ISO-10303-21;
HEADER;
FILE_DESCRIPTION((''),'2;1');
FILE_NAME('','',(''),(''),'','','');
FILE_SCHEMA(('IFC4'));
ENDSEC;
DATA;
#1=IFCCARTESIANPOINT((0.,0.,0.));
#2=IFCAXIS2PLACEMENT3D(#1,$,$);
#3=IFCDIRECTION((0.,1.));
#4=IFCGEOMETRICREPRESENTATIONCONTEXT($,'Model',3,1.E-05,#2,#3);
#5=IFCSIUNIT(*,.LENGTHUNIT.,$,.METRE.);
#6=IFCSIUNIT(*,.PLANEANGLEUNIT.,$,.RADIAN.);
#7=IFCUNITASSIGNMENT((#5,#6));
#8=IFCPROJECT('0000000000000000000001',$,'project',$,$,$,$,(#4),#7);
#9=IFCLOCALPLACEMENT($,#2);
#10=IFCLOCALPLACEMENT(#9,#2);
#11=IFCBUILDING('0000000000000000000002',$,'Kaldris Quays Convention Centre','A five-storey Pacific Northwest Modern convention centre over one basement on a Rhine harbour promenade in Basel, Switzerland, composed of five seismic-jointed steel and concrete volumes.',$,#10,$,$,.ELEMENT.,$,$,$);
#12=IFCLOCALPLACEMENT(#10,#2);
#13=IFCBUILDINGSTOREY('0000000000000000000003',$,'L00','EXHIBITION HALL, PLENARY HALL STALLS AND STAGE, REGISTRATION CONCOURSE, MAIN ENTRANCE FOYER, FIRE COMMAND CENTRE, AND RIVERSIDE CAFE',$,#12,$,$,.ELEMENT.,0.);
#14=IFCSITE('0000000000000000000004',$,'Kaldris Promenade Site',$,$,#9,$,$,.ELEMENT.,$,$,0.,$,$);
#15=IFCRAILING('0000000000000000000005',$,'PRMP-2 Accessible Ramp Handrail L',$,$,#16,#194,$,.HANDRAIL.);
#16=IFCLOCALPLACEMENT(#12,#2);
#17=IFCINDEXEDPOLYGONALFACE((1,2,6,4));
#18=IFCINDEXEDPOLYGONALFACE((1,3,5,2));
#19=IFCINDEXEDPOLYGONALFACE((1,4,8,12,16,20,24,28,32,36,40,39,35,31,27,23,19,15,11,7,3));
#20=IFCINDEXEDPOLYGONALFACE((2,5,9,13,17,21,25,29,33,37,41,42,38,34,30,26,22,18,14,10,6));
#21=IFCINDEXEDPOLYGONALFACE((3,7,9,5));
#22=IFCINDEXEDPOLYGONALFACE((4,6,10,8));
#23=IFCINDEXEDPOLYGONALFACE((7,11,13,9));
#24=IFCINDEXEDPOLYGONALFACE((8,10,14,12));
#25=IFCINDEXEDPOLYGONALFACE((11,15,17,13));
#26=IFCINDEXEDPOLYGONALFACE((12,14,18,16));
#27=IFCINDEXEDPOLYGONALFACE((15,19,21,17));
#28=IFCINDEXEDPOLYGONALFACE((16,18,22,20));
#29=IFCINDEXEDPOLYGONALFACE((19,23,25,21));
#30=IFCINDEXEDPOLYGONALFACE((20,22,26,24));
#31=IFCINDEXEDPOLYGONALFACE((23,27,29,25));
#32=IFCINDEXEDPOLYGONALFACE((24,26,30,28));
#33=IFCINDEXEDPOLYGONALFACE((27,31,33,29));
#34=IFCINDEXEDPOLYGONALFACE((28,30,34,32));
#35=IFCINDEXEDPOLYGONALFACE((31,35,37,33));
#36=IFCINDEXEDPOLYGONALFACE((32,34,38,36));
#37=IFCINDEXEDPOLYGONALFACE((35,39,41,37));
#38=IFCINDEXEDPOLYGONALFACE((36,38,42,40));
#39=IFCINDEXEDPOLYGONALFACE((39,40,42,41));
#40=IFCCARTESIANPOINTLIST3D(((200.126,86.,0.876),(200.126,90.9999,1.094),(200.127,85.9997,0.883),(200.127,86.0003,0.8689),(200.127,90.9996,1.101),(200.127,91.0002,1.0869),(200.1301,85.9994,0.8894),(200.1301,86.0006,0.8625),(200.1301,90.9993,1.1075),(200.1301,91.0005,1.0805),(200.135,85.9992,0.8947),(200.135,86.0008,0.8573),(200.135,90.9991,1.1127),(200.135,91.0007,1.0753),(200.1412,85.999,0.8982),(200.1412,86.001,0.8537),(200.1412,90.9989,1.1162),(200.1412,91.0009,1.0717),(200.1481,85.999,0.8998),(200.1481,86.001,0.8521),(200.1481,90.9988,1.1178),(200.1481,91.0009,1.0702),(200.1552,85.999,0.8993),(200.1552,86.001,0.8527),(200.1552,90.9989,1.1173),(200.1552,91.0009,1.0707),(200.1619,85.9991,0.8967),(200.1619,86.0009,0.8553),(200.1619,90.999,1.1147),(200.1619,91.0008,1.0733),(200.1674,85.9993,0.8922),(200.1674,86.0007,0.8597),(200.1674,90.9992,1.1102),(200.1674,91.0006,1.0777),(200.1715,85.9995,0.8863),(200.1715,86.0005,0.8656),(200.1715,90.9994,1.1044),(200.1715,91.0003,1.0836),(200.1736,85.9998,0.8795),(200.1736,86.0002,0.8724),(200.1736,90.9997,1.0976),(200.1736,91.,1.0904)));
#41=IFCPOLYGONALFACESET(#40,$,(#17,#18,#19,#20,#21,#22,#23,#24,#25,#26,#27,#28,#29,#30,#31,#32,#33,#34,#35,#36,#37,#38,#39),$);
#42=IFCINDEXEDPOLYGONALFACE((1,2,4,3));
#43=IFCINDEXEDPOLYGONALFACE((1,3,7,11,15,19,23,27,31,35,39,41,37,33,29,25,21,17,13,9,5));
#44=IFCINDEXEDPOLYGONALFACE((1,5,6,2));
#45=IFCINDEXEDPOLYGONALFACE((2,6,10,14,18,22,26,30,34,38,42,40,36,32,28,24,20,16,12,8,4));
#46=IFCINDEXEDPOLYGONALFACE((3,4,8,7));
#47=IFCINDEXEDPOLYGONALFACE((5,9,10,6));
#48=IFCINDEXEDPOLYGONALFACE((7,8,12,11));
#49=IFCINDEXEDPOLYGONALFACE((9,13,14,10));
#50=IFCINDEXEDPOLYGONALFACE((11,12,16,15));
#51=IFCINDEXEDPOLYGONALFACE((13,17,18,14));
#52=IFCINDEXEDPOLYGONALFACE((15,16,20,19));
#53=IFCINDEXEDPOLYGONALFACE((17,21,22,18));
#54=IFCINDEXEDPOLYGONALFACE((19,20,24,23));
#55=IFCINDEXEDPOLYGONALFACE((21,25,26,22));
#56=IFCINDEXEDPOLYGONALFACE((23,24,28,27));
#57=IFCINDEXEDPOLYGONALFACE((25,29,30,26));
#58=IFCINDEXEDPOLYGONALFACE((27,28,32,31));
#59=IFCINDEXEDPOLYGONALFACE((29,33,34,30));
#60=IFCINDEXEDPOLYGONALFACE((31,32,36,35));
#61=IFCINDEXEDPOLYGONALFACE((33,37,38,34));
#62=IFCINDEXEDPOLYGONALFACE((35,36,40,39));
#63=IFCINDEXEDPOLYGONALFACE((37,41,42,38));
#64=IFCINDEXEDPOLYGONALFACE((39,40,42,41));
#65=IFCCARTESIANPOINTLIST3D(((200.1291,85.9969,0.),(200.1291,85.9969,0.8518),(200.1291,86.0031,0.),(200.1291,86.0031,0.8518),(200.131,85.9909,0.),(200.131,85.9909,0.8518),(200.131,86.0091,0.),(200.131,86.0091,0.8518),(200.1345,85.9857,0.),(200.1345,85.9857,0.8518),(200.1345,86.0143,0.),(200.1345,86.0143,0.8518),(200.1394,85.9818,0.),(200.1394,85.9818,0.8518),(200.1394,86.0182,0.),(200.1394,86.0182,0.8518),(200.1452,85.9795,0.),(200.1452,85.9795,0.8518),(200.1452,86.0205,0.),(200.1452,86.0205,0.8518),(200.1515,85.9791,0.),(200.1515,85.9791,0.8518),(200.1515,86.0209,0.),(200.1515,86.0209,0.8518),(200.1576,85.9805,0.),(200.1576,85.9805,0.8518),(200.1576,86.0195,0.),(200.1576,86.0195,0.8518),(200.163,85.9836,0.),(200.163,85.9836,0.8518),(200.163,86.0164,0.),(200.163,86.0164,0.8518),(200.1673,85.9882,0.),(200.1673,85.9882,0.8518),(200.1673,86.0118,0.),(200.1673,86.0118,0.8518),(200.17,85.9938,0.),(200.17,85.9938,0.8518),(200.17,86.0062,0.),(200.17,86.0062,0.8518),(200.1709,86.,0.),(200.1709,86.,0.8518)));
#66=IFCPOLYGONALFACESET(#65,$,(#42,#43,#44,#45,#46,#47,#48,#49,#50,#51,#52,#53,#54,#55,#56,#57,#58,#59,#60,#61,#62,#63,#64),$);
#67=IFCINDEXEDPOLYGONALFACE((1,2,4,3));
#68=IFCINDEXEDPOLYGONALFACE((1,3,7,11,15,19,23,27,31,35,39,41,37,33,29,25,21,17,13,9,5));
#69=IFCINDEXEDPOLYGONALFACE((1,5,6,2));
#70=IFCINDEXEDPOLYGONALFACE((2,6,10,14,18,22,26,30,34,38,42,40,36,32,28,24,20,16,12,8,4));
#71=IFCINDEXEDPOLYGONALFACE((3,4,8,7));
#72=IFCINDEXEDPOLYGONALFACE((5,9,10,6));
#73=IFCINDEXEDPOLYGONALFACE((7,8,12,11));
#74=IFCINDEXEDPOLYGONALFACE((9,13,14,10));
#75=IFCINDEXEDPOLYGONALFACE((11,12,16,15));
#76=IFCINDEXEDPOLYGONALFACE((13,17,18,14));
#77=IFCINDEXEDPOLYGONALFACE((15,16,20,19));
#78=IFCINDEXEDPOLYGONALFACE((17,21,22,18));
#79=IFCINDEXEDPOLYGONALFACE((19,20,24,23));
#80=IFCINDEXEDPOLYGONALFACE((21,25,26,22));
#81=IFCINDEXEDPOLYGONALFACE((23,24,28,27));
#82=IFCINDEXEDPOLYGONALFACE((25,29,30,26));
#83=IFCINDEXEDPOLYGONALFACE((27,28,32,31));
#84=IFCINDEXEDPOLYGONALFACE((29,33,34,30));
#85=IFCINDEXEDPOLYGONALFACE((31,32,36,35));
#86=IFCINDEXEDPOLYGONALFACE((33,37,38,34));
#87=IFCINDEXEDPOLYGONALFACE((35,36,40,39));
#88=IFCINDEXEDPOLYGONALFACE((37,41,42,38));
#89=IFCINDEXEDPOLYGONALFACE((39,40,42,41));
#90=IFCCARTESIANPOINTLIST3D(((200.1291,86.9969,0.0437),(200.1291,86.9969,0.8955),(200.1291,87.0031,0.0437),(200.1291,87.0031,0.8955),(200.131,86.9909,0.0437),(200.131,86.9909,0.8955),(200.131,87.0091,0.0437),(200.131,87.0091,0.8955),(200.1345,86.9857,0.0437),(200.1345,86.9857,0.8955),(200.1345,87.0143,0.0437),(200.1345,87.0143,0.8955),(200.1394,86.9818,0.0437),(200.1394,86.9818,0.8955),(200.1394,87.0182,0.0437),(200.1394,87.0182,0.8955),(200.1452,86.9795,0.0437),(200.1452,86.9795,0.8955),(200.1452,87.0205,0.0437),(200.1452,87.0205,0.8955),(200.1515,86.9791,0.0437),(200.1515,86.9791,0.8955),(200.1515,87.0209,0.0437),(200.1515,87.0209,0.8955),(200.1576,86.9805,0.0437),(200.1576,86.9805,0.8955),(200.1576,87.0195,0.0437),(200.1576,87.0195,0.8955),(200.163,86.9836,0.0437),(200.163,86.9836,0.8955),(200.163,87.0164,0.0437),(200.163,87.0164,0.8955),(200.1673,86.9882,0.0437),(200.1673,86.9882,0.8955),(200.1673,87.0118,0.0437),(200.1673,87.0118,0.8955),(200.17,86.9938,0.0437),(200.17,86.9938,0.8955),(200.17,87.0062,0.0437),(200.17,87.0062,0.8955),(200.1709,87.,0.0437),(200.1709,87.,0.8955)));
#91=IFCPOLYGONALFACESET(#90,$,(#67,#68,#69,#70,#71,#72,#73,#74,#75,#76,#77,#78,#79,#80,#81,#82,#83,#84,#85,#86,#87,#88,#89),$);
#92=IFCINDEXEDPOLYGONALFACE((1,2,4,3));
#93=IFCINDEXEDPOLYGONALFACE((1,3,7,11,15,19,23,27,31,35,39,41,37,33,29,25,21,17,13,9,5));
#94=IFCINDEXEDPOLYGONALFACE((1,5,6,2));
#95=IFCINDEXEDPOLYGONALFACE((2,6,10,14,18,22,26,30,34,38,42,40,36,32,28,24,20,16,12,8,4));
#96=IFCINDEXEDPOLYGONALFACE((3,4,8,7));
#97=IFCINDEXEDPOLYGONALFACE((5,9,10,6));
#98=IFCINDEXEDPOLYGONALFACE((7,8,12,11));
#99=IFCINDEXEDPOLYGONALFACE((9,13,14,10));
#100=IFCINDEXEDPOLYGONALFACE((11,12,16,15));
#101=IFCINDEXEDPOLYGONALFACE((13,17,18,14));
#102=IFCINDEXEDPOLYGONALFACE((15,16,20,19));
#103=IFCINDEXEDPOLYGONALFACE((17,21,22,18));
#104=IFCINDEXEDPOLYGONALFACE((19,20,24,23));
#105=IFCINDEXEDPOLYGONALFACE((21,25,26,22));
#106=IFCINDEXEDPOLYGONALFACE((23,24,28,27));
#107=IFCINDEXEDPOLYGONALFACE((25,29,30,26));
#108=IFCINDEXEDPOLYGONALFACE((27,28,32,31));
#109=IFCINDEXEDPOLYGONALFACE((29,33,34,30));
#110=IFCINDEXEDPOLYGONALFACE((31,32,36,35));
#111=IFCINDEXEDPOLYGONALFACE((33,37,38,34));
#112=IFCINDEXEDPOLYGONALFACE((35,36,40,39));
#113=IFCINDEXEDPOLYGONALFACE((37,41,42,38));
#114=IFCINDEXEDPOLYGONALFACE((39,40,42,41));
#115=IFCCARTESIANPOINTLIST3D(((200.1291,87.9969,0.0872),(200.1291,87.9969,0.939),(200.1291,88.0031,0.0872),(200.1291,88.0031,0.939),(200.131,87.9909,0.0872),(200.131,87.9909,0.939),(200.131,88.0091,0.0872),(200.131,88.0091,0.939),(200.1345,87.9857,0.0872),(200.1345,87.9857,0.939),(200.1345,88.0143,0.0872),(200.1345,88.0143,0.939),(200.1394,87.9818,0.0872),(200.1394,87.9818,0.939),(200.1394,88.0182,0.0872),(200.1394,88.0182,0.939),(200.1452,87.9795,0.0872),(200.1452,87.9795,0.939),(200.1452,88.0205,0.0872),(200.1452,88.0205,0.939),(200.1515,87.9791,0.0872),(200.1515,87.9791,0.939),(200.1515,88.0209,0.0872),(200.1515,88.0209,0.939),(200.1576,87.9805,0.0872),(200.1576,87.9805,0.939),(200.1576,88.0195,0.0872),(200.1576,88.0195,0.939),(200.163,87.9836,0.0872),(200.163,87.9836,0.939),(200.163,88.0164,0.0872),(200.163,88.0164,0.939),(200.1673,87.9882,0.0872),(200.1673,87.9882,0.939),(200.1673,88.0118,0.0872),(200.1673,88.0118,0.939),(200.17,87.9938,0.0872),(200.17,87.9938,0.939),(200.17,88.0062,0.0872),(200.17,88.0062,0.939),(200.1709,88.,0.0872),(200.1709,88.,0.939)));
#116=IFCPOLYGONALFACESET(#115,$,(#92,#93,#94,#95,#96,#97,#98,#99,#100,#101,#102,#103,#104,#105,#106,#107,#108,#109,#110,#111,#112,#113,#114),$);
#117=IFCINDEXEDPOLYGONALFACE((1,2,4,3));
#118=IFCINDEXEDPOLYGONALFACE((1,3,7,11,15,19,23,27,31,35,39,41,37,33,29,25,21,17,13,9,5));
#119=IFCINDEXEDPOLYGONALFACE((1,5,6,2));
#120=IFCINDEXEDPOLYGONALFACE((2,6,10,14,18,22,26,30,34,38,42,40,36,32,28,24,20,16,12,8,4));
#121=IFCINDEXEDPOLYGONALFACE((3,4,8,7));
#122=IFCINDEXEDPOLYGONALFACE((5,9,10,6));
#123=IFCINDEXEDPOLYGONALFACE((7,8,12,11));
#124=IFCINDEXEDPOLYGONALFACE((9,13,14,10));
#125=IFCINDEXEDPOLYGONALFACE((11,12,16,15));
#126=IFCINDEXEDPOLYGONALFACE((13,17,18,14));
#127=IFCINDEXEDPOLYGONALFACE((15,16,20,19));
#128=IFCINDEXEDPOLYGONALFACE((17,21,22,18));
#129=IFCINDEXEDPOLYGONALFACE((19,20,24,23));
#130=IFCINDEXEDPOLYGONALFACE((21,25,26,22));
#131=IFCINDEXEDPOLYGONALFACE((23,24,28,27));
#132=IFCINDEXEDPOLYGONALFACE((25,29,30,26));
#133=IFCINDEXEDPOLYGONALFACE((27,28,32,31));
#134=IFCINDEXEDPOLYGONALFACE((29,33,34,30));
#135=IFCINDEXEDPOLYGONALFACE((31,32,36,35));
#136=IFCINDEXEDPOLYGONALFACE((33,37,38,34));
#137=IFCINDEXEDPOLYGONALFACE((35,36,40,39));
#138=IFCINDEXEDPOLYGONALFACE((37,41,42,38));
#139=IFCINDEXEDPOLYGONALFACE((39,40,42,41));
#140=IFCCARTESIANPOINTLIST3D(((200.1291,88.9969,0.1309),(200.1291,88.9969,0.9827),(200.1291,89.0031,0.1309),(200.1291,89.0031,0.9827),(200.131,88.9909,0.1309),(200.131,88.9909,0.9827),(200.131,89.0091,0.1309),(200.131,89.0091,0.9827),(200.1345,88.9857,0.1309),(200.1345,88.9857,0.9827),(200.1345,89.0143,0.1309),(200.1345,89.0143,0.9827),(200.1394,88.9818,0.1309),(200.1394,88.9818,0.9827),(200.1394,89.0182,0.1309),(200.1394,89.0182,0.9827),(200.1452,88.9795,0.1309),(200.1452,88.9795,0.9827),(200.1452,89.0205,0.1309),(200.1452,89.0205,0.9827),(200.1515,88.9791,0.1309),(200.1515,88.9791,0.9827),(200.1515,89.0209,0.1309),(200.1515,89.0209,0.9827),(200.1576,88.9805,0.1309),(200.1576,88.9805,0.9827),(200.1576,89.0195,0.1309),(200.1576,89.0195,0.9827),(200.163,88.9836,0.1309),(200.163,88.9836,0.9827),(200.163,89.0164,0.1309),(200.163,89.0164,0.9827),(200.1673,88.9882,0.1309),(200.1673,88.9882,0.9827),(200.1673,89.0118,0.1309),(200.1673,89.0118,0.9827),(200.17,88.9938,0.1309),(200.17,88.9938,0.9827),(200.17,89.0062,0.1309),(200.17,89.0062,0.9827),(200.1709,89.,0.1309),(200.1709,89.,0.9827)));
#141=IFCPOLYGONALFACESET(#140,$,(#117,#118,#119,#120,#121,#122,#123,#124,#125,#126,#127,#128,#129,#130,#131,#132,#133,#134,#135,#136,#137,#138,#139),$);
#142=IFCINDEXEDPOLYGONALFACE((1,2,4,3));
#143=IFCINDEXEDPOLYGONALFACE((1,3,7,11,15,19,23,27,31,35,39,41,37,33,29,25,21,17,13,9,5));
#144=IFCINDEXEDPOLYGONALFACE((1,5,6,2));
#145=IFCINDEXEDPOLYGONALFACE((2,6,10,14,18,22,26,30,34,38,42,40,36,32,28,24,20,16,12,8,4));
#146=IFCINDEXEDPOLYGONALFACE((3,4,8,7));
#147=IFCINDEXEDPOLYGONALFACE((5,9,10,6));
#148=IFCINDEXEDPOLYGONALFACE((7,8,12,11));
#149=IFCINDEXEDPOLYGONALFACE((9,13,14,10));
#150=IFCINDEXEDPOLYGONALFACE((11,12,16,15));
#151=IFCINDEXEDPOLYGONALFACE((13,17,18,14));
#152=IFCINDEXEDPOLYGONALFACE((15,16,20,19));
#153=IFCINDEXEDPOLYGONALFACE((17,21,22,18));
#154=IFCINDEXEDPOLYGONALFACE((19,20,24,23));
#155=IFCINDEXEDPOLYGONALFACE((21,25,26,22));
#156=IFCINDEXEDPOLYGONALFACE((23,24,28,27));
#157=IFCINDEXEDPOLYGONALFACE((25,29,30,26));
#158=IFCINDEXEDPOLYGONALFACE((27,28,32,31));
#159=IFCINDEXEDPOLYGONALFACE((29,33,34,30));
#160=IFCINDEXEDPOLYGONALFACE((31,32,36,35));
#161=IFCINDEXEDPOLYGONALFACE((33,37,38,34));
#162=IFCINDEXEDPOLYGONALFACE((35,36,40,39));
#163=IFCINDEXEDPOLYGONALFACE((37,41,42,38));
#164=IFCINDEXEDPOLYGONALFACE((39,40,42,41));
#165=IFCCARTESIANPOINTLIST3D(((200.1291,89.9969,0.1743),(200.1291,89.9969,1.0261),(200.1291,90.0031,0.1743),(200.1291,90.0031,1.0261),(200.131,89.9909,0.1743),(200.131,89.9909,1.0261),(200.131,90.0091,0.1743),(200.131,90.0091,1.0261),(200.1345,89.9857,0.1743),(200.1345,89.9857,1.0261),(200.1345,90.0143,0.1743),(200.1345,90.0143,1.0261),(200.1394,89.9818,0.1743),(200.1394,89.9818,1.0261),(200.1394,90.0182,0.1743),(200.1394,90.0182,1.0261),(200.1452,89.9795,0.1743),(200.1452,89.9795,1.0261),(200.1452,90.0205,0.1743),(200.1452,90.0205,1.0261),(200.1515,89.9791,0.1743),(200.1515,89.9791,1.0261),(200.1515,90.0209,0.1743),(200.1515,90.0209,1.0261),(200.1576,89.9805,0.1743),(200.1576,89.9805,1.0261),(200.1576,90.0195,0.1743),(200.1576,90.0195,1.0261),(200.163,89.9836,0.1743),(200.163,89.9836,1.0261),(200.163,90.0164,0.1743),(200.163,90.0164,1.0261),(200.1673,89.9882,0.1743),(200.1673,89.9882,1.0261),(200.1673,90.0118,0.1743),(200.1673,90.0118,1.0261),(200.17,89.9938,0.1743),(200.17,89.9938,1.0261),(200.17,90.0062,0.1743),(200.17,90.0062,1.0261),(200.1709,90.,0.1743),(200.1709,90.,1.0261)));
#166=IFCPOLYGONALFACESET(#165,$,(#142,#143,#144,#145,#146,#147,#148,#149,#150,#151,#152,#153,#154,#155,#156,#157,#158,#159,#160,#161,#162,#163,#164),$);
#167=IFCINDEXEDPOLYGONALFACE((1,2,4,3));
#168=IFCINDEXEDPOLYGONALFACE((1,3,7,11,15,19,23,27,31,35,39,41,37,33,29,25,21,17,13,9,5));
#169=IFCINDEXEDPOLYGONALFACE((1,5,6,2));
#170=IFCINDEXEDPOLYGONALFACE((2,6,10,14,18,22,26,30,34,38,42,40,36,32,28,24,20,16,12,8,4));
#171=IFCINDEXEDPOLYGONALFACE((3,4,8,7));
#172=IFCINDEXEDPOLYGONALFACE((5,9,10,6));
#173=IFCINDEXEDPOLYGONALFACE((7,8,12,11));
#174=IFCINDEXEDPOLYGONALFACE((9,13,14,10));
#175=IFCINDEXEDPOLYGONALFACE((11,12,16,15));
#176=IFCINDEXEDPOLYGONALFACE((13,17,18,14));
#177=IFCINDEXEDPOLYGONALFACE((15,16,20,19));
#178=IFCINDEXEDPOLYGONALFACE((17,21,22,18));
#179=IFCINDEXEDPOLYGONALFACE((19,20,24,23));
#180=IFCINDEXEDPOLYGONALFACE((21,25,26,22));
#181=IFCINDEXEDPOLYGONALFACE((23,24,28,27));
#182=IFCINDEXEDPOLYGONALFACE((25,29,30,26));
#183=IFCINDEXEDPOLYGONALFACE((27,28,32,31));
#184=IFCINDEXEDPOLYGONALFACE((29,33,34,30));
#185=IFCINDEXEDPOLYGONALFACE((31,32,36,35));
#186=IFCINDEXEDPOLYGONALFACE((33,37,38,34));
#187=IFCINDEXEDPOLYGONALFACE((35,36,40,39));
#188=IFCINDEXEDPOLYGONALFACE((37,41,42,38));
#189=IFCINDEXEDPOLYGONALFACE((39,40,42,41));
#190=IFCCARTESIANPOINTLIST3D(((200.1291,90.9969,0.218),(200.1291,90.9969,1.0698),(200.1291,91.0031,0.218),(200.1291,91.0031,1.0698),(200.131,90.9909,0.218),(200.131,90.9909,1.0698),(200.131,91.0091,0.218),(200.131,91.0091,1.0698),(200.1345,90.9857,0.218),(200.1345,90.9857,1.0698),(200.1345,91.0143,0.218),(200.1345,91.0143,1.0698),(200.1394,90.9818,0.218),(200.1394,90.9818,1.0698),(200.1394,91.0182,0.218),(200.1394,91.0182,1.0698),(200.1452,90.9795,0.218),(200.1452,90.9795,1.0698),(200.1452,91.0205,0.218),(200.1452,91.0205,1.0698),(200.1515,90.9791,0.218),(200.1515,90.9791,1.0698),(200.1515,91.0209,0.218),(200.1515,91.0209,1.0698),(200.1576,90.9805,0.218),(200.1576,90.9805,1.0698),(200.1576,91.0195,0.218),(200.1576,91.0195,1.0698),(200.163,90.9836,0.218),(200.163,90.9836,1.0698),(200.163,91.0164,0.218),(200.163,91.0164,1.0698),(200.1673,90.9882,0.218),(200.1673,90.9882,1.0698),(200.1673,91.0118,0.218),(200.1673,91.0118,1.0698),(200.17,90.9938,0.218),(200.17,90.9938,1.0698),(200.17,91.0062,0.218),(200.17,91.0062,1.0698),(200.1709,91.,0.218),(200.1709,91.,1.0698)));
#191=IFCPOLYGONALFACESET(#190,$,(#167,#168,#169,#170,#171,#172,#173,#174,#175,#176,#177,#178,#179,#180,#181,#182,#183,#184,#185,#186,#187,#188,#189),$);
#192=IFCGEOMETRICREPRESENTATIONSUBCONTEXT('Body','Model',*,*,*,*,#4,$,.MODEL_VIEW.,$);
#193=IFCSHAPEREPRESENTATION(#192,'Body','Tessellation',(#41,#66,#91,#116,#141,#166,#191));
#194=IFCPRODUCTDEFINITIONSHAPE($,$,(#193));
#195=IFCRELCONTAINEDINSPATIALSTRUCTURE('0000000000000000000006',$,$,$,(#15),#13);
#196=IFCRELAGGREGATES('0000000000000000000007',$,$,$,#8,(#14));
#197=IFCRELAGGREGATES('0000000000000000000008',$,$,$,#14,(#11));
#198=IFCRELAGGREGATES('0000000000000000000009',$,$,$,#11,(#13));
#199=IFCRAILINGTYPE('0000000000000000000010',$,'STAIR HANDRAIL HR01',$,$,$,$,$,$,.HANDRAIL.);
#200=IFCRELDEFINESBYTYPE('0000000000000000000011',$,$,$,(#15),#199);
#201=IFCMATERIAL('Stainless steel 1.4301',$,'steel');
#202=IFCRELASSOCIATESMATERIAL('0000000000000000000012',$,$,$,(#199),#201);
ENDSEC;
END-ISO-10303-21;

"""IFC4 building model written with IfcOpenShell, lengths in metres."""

from ifc_helpers import new_model, si_unit, direction, frame, origin, origin_2d, place, context, subcontext, project, spatial, circle, extrude, material, type_object, element, save


model = new_model("IFC4")

# Units and contexts
model_context = context("Model", 3, precision=1e-05, world=origin(), true_north=direction((0.0, 1.0)))
body_context = subcontext(model_context, "Body", "Model", "MODEL_VIEW")
ifc_project = project(units=[si_unit("LENGTHUNIT", "METRE"), si_unit("PLANEANGLEUNIT", "RADIAN")], contexts=[model_context])

# Site, building, storey
site_placement = place(None, origin())
site = spatial("IfcSite", under=ifc_project, at=site_placement, Name="Kaldris Promenade Site", CompositionType="ELEMENT", RefElevation=0.0)
building_placement = place(site_placement, origin())
building = spatial("IfcBuilding", under=site, at=building_placement, Name="Kaldris Quays Convention Centre", Description="A five-storey Pacific Northwest Modern convention centre over one basement on a Rhine harbour promenade in Basel, Switzerland, composed of five seismic-jointed steel and concrete volumes.", CompositionType="ELEMENT")
storey_placement = place(building_placement, origin())
storey = spatial("IfcBuildingStorey", under=building, at=storey_placement, Name="L00", Description="EXHIBITION HALL, PLENARY HALL STALLS AND STAGE, REGISTRATION CONCOURSE, MAIN ENTRANCE FOYER, FIRE COMMAND CENTRE, AND RIVERSIDE CAFE", CompositionType="ELEMENT", Elevation=0.0)

# Railing
ifc_material_1 = material(Name="Stainless steel 1.4301", Category="steel")
railing_type = type_object("IfcRailingType", Name="STAIR HANDRAIL HR01", PredefinedType="HANDRAIL", material=ifc_material_1)
for number, where, name in (
    (1, (200.1499, 86.0, 0.0), "PRMP-2 Accessible Ramp Handrail L"),
):
    element("IfcRailing", number, at=place(storey_placement, frame(where)), inside=storey, type_object=railing_type, Name=name, PredefinedType="HANDRAIL", context=body_context, shape_type="SweptSolid", body=[
        extrude(circle(Radius=0.0239, at=origin_2d()), frame((0.0, 0.0, 0.876), z_axis=(0.0, 0.999051, 0.043562), x_axis=(-1.0, 0.0, 0.0)), (0.0, 0.0, 1.0), 5.0046),
        extrude(circle(Radius=0.021, at=origin_2d()), origin(), (0.0, 0.0, 1.0), 0.8518),
        extrude(circle(Radius=0.021, at=origin_2d()), frame((0.0, 1.0, 0.0437)), (0.0, 0.0, 1.0), 0.8518),
        extrude(circle(Radius=0.021, at=origin_2d()), frame((0.0, 2.0, 0.0872)), (0.0, 0.0, 1.0), 0.8518),
        extrude(circle(Radius=0.021, at=origin_2d()), frame((0.0, 3.0, 0.1309)), (0.0, 0.0, 1.0), 0.8518),
        extrude(circle(Radius=0.021, at=origin_2d()), frame((0.0, 4.0, 0.1743)), (0.0, 0.0, 1.0), 0.8518),
        extrude(circle(Radius=0.021, at=origin_2d()), frame((0.0, 5.0, 0.218)), (0.0, 0.0, 1.0), 0.8518),
    ])

save(model, "model.ifc")
